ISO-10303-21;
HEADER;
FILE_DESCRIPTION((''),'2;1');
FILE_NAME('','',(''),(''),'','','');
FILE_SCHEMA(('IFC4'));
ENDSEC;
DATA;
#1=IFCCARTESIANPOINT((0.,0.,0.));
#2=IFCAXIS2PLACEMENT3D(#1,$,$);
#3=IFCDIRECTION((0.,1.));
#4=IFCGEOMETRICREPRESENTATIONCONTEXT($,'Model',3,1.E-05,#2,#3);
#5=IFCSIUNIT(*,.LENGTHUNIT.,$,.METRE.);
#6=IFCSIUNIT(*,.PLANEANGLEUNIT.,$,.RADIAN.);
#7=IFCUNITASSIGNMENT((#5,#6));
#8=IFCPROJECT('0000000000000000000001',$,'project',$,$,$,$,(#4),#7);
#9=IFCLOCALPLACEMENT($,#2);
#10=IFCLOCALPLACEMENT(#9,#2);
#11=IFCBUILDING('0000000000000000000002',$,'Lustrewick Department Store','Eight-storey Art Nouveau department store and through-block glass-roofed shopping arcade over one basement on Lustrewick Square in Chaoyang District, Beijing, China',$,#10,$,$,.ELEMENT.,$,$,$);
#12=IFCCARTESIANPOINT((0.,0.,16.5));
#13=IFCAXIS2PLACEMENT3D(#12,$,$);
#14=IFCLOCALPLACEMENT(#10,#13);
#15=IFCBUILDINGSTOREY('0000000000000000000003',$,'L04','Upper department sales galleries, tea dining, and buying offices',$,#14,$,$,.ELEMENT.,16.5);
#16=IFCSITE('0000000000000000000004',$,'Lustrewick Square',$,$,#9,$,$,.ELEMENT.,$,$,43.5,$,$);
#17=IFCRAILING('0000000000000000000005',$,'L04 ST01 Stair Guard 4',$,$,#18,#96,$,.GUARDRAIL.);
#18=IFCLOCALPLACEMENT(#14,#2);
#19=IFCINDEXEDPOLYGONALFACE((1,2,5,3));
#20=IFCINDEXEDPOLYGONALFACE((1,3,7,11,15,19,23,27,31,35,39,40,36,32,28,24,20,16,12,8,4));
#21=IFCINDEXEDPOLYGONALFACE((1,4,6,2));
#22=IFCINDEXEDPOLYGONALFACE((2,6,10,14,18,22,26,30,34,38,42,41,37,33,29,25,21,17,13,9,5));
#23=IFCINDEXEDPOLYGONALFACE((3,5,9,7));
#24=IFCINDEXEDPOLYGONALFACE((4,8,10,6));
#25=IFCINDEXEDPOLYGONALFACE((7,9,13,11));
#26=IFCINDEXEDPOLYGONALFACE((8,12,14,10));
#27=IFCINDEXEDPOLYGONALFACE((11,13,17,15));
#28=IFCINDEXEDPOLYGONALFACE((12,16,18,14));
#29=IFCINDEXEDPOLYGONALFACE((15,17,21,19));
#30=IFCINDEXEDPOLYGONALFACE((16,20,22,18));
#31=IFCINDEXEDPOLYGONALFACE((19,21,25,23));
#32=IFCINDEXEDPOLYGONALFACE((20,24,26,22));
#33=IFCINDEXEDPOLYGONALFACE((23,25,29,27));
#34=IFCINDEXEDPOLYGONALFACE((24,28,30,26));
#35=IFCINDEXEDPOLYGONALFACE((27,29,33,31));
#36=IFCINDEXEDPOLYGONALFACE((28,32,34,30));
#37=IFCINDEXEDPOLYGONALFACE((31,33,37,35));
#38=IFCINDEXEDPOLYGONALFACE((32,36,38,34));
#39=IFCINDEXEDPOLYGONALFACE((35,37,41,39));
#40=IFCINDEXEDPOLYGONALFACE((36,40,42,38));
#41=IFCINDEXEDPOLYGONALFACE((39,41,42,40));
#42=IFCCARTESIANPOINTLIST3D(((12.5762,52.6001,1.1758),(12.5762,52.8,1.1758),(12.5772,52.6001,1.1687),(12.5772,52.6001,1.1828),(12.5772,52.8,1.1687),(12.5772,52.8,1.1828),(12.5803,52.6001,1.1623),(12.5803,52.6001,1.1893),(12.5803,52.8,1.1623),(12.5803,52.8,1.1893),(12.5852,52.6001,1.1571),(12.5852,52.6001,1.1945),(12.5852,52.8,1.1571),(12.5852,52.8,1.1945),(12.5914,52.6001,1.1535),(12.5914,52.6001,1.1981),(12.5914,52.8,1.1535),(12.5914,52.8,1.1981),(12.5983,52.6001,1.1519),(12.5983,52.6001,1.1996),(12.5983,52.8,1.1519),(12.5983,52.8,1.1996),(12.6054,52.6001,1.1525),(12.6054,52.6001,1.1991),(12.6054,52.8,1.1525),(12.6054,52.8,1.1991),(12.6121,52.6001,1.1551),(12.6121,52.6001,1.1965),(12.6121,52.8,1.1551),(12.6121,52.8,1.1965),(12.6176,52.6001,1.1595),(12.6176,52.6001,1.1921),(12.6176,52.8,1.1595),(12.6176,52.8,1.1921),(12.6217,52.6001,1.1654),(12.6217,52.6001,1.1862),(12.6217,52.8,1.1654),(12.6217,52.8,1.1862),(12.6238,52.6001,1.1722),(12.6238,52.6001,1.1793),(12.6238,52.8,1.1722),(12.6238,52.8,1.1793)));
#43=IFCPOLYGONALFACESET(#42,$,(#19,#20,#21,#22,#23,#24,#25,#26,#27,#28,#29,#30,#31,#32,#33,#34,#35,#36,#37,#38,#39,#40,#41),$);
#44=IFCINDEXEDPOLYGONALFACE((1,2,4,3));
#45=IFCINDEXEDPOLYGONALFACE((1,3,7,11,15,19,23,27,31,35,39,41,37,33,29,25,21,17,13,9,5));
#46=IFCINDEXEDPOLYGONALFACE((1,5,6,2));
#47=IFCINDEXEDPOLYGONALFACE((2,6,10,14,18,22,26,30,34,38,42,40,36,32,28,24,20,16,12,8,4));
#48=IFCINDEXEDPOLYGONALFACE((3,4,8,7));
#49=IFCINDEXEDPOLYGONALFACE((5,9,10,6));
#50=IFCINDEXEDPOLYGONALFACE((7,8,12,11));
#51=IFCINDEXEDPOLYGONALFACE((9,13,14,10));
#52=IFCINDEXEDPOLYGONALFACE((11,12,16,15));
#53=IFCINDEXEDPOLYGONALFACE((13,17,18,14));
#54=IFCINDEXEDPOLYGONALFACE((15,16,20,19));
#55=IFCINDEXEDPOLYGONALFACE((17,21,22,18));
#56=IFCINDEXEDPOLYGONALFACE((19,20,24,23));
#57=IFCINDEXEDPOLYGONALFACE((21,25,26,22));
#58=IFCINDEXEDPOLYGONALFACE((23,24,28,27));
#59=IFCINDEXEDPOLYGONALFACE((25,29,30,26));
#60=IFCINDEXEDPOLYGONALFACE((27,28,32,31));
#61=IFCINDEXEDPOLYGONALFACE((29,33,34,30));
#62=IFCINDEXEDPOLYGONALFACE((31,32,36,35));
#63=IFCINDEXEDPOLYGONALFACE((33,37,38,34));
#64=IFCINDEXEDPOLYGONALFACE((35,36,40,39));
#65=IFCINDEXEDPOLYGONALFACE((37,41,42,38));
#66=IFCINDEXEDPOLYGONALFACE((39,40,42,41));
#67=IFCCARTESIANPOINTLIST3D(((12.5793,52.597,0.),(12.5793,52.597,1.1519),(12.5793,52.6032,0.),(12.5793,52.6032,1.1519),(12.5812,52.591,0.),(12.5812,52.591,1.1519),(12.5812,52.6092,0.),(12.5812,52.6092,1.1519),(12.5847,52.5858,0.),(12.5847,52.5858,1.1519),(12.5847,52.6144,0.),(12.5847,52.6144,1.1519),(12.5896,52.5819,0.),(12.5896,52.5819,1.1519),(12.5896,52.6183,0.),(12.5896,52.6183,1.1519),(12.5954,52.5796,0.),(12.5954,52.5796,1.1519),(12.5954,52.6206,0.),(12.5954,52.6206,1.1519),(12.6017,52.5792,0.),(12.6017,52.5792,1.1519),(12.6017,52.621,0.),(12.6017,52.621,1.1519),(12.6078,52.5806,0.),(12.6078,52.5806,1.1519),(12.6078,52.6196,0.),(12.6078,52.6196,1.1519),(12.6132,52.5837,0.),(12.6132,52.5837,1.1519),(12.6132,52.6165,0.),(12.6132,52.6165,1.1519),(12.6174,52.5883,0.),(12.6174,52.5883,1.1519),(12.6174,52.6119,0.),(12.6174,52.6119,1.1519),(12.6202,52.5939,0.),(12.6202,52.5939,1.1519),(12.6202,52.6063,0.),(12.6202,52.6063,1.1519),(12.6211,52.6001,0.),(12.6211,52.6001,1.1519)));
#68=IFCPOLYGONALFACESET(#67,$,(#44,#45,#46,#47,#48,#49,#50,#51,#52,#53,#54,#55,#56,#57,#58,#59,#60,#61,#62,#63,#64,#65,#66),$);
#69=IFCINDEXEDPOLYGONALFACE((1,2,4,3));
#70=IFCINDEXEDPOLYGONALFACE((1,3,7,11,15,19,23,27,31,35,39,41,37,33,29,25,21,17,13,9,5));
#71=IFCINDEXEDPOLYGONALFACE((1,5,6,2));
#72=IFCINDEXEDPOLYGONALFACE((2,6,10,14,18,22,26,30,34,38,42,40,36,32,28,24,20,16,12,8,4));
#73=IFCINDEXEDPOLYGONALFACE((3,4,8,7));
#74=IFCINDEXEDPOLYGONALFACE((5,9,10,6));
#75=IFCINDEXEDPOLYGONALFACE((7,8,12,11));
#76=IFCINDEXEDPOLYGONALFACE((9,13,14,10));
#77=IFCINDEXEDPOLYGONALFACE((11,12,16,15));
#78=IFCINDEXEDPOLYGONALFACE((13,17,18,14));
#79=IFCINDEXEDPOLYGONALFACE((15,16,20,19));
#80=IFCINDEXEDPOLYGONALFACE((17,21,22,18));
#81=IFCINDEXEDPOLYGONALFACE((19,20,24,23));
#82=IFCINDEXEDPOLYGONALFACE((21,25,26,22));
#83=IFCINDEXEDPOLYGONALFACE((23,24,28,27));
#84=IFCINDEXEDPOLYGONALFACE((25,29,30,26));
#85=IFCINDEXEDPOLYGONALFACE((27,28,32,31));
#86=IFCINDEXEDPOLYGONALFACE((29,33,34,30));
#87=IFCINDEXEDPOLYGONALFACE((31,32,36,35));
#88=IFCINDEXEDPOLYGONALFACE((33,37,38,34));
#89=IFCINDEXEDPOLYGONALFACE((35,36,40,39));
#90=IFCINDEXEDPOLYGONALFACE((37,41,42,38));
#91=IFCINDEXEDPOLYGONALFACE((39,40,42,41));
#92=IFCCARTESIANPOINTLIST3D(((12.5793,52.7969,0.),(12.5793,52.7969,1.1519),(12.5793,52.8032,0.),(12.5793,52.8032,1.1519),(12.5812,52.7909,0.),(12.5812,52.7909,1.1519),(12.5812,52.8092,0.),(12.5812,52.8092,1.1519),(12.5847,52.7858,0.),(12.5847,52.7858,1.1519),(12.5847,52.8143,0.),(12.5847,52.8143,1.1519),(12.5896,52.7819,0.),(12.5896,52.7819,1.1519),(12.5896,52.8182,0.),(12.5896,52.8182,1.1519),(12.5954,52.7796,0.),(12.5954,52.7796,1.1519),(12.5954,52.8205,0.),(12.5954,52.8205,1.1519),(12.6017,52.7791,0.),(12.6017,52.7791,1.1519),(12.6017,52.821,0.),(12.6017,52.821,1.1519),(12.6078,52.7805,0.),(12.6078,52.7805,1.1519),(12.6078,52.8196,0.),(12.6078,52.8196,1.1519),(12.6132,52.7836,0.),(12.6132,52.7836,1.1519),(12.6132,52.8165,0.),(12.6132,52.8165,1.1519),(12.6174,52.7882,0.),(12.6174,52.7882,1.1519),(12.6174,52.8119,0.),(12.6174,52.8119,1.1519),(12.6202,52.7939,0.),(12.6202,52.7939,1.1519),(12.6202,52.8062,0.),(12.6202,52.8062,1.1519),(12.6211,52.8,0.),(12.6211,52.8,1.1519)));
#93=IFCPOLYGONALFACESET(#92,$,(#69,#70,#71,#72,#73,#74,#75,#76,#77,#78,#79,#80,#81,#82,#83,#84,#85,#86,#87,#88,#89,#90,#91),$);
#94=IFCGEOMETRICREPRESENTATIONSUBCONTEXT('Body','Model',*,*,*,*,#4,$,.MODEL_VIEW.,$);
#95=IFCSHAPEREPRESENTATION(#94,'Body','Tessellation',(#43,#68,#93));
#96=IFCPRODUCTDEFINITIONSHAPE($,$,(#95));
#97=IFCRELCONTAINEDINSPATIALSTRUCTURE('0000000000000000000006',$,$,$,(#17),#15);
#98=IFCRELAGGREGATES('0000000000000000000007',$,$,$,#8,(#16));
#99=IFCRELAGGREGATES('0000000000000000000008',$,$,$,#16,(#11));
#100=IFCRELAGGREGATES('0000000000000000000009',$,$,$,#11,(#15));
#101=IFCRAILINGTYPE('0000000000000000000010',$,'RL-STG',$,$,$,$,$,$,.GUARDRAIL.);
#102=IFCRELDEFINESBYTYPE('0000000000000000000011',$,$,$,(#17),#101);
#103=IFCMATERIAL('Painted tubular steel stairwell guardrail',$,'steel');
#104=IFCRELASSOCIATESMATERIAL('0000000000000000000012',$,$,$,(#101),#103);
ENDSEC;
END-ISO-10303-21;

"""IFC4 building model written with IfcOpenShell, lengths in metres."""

from ifc_helpers import new_model, si_unit, direction, frame, origin, origin_2d, place, context, subcontext, project, spatial, circle, extrude, material, type_object, element, save


model = new_model("IFC4")

# Units and contexts
model_context = context("Model", 3, precision=1e-05, world=origin(), true_north=direction((0.0, 1.0)))
body_context = subcontext(model_context, "Body", "Model", "MODEL_VIEW")
ifc_project = project(units=[si_unit("LENGTHUNIT", "METRE"), si_unit("PLANEANGLEUNIT", "RADIAN")], contexts=[model_context])

# Site, building, storey
site_placement = place(None, origin())
site = spatial("IfcSite", under=ifc_project, at=site_placement, Name="Lustrewick Square", CompositionType="ELEMENT", RefElevation=43.5)
building_placement = place(site_placement, origin())
building = spatial("IfcBuilding", under=site, at=building_placement, Name="Lustrewick Department Store", Description="Eight-storey Art Nouveau department store and through-block glass-roofed shopping arcade over one basement on Lustrewick Square in Chaoyang District, Beijing, China", CompositionType="ELEMENT")
storey_placement = place(building_placement, frame((0.0, 0.0, 16.5)))
storey = spatial("IfcBuildingStorey", under=building, at=storey_placement, Name="L04", Description="Upper department sales galleries, tea dining, and buying offices", CompositionType="ELEMENT", Elevation=16.5)

# Railing
ifc_material_1 = material(Name="Painted tubular steel stairwell guardrail", Category="steel")
railing_type_1 = type_object("IfcRailingType", Name="RL-STG", PredefinedType="GUARDRAIL", material=ifc_material_1)
railing_1_placement = place(storey_placement, frame((12.6001, 52.6001, 0.0)))
element("IfcRailing", 1, at=railing_1_placement, inside=storey, type_object=railing_type_1, Name="L04 ST01 Stair Guard 4", PredefinedType="GUARDRAIL", context=body_context, shape_type="SweptSolid", body=[
    extrude(circle(Radius=0.0239, at=origin_2d()), frame((0.0, 0.0, 1.1758), z_axis=(0.0, 1.0, 0.0), x_axis=(-1.0, 0.0, 0.0)), (0.0, 0.0, 1.0), 0.2),
    extrude(circle(Radius=0.021, at=origin_2d()), origin(), (0.0, 0.0, 1.0), 1.1519),
    extrude(circle(Radius=0.021, at=origin_2d()), frame((0.0, 0.2, 0.0)), (0.0, 0.0, 1.0), 1.1519),
])

save(model, "model.ifc")
